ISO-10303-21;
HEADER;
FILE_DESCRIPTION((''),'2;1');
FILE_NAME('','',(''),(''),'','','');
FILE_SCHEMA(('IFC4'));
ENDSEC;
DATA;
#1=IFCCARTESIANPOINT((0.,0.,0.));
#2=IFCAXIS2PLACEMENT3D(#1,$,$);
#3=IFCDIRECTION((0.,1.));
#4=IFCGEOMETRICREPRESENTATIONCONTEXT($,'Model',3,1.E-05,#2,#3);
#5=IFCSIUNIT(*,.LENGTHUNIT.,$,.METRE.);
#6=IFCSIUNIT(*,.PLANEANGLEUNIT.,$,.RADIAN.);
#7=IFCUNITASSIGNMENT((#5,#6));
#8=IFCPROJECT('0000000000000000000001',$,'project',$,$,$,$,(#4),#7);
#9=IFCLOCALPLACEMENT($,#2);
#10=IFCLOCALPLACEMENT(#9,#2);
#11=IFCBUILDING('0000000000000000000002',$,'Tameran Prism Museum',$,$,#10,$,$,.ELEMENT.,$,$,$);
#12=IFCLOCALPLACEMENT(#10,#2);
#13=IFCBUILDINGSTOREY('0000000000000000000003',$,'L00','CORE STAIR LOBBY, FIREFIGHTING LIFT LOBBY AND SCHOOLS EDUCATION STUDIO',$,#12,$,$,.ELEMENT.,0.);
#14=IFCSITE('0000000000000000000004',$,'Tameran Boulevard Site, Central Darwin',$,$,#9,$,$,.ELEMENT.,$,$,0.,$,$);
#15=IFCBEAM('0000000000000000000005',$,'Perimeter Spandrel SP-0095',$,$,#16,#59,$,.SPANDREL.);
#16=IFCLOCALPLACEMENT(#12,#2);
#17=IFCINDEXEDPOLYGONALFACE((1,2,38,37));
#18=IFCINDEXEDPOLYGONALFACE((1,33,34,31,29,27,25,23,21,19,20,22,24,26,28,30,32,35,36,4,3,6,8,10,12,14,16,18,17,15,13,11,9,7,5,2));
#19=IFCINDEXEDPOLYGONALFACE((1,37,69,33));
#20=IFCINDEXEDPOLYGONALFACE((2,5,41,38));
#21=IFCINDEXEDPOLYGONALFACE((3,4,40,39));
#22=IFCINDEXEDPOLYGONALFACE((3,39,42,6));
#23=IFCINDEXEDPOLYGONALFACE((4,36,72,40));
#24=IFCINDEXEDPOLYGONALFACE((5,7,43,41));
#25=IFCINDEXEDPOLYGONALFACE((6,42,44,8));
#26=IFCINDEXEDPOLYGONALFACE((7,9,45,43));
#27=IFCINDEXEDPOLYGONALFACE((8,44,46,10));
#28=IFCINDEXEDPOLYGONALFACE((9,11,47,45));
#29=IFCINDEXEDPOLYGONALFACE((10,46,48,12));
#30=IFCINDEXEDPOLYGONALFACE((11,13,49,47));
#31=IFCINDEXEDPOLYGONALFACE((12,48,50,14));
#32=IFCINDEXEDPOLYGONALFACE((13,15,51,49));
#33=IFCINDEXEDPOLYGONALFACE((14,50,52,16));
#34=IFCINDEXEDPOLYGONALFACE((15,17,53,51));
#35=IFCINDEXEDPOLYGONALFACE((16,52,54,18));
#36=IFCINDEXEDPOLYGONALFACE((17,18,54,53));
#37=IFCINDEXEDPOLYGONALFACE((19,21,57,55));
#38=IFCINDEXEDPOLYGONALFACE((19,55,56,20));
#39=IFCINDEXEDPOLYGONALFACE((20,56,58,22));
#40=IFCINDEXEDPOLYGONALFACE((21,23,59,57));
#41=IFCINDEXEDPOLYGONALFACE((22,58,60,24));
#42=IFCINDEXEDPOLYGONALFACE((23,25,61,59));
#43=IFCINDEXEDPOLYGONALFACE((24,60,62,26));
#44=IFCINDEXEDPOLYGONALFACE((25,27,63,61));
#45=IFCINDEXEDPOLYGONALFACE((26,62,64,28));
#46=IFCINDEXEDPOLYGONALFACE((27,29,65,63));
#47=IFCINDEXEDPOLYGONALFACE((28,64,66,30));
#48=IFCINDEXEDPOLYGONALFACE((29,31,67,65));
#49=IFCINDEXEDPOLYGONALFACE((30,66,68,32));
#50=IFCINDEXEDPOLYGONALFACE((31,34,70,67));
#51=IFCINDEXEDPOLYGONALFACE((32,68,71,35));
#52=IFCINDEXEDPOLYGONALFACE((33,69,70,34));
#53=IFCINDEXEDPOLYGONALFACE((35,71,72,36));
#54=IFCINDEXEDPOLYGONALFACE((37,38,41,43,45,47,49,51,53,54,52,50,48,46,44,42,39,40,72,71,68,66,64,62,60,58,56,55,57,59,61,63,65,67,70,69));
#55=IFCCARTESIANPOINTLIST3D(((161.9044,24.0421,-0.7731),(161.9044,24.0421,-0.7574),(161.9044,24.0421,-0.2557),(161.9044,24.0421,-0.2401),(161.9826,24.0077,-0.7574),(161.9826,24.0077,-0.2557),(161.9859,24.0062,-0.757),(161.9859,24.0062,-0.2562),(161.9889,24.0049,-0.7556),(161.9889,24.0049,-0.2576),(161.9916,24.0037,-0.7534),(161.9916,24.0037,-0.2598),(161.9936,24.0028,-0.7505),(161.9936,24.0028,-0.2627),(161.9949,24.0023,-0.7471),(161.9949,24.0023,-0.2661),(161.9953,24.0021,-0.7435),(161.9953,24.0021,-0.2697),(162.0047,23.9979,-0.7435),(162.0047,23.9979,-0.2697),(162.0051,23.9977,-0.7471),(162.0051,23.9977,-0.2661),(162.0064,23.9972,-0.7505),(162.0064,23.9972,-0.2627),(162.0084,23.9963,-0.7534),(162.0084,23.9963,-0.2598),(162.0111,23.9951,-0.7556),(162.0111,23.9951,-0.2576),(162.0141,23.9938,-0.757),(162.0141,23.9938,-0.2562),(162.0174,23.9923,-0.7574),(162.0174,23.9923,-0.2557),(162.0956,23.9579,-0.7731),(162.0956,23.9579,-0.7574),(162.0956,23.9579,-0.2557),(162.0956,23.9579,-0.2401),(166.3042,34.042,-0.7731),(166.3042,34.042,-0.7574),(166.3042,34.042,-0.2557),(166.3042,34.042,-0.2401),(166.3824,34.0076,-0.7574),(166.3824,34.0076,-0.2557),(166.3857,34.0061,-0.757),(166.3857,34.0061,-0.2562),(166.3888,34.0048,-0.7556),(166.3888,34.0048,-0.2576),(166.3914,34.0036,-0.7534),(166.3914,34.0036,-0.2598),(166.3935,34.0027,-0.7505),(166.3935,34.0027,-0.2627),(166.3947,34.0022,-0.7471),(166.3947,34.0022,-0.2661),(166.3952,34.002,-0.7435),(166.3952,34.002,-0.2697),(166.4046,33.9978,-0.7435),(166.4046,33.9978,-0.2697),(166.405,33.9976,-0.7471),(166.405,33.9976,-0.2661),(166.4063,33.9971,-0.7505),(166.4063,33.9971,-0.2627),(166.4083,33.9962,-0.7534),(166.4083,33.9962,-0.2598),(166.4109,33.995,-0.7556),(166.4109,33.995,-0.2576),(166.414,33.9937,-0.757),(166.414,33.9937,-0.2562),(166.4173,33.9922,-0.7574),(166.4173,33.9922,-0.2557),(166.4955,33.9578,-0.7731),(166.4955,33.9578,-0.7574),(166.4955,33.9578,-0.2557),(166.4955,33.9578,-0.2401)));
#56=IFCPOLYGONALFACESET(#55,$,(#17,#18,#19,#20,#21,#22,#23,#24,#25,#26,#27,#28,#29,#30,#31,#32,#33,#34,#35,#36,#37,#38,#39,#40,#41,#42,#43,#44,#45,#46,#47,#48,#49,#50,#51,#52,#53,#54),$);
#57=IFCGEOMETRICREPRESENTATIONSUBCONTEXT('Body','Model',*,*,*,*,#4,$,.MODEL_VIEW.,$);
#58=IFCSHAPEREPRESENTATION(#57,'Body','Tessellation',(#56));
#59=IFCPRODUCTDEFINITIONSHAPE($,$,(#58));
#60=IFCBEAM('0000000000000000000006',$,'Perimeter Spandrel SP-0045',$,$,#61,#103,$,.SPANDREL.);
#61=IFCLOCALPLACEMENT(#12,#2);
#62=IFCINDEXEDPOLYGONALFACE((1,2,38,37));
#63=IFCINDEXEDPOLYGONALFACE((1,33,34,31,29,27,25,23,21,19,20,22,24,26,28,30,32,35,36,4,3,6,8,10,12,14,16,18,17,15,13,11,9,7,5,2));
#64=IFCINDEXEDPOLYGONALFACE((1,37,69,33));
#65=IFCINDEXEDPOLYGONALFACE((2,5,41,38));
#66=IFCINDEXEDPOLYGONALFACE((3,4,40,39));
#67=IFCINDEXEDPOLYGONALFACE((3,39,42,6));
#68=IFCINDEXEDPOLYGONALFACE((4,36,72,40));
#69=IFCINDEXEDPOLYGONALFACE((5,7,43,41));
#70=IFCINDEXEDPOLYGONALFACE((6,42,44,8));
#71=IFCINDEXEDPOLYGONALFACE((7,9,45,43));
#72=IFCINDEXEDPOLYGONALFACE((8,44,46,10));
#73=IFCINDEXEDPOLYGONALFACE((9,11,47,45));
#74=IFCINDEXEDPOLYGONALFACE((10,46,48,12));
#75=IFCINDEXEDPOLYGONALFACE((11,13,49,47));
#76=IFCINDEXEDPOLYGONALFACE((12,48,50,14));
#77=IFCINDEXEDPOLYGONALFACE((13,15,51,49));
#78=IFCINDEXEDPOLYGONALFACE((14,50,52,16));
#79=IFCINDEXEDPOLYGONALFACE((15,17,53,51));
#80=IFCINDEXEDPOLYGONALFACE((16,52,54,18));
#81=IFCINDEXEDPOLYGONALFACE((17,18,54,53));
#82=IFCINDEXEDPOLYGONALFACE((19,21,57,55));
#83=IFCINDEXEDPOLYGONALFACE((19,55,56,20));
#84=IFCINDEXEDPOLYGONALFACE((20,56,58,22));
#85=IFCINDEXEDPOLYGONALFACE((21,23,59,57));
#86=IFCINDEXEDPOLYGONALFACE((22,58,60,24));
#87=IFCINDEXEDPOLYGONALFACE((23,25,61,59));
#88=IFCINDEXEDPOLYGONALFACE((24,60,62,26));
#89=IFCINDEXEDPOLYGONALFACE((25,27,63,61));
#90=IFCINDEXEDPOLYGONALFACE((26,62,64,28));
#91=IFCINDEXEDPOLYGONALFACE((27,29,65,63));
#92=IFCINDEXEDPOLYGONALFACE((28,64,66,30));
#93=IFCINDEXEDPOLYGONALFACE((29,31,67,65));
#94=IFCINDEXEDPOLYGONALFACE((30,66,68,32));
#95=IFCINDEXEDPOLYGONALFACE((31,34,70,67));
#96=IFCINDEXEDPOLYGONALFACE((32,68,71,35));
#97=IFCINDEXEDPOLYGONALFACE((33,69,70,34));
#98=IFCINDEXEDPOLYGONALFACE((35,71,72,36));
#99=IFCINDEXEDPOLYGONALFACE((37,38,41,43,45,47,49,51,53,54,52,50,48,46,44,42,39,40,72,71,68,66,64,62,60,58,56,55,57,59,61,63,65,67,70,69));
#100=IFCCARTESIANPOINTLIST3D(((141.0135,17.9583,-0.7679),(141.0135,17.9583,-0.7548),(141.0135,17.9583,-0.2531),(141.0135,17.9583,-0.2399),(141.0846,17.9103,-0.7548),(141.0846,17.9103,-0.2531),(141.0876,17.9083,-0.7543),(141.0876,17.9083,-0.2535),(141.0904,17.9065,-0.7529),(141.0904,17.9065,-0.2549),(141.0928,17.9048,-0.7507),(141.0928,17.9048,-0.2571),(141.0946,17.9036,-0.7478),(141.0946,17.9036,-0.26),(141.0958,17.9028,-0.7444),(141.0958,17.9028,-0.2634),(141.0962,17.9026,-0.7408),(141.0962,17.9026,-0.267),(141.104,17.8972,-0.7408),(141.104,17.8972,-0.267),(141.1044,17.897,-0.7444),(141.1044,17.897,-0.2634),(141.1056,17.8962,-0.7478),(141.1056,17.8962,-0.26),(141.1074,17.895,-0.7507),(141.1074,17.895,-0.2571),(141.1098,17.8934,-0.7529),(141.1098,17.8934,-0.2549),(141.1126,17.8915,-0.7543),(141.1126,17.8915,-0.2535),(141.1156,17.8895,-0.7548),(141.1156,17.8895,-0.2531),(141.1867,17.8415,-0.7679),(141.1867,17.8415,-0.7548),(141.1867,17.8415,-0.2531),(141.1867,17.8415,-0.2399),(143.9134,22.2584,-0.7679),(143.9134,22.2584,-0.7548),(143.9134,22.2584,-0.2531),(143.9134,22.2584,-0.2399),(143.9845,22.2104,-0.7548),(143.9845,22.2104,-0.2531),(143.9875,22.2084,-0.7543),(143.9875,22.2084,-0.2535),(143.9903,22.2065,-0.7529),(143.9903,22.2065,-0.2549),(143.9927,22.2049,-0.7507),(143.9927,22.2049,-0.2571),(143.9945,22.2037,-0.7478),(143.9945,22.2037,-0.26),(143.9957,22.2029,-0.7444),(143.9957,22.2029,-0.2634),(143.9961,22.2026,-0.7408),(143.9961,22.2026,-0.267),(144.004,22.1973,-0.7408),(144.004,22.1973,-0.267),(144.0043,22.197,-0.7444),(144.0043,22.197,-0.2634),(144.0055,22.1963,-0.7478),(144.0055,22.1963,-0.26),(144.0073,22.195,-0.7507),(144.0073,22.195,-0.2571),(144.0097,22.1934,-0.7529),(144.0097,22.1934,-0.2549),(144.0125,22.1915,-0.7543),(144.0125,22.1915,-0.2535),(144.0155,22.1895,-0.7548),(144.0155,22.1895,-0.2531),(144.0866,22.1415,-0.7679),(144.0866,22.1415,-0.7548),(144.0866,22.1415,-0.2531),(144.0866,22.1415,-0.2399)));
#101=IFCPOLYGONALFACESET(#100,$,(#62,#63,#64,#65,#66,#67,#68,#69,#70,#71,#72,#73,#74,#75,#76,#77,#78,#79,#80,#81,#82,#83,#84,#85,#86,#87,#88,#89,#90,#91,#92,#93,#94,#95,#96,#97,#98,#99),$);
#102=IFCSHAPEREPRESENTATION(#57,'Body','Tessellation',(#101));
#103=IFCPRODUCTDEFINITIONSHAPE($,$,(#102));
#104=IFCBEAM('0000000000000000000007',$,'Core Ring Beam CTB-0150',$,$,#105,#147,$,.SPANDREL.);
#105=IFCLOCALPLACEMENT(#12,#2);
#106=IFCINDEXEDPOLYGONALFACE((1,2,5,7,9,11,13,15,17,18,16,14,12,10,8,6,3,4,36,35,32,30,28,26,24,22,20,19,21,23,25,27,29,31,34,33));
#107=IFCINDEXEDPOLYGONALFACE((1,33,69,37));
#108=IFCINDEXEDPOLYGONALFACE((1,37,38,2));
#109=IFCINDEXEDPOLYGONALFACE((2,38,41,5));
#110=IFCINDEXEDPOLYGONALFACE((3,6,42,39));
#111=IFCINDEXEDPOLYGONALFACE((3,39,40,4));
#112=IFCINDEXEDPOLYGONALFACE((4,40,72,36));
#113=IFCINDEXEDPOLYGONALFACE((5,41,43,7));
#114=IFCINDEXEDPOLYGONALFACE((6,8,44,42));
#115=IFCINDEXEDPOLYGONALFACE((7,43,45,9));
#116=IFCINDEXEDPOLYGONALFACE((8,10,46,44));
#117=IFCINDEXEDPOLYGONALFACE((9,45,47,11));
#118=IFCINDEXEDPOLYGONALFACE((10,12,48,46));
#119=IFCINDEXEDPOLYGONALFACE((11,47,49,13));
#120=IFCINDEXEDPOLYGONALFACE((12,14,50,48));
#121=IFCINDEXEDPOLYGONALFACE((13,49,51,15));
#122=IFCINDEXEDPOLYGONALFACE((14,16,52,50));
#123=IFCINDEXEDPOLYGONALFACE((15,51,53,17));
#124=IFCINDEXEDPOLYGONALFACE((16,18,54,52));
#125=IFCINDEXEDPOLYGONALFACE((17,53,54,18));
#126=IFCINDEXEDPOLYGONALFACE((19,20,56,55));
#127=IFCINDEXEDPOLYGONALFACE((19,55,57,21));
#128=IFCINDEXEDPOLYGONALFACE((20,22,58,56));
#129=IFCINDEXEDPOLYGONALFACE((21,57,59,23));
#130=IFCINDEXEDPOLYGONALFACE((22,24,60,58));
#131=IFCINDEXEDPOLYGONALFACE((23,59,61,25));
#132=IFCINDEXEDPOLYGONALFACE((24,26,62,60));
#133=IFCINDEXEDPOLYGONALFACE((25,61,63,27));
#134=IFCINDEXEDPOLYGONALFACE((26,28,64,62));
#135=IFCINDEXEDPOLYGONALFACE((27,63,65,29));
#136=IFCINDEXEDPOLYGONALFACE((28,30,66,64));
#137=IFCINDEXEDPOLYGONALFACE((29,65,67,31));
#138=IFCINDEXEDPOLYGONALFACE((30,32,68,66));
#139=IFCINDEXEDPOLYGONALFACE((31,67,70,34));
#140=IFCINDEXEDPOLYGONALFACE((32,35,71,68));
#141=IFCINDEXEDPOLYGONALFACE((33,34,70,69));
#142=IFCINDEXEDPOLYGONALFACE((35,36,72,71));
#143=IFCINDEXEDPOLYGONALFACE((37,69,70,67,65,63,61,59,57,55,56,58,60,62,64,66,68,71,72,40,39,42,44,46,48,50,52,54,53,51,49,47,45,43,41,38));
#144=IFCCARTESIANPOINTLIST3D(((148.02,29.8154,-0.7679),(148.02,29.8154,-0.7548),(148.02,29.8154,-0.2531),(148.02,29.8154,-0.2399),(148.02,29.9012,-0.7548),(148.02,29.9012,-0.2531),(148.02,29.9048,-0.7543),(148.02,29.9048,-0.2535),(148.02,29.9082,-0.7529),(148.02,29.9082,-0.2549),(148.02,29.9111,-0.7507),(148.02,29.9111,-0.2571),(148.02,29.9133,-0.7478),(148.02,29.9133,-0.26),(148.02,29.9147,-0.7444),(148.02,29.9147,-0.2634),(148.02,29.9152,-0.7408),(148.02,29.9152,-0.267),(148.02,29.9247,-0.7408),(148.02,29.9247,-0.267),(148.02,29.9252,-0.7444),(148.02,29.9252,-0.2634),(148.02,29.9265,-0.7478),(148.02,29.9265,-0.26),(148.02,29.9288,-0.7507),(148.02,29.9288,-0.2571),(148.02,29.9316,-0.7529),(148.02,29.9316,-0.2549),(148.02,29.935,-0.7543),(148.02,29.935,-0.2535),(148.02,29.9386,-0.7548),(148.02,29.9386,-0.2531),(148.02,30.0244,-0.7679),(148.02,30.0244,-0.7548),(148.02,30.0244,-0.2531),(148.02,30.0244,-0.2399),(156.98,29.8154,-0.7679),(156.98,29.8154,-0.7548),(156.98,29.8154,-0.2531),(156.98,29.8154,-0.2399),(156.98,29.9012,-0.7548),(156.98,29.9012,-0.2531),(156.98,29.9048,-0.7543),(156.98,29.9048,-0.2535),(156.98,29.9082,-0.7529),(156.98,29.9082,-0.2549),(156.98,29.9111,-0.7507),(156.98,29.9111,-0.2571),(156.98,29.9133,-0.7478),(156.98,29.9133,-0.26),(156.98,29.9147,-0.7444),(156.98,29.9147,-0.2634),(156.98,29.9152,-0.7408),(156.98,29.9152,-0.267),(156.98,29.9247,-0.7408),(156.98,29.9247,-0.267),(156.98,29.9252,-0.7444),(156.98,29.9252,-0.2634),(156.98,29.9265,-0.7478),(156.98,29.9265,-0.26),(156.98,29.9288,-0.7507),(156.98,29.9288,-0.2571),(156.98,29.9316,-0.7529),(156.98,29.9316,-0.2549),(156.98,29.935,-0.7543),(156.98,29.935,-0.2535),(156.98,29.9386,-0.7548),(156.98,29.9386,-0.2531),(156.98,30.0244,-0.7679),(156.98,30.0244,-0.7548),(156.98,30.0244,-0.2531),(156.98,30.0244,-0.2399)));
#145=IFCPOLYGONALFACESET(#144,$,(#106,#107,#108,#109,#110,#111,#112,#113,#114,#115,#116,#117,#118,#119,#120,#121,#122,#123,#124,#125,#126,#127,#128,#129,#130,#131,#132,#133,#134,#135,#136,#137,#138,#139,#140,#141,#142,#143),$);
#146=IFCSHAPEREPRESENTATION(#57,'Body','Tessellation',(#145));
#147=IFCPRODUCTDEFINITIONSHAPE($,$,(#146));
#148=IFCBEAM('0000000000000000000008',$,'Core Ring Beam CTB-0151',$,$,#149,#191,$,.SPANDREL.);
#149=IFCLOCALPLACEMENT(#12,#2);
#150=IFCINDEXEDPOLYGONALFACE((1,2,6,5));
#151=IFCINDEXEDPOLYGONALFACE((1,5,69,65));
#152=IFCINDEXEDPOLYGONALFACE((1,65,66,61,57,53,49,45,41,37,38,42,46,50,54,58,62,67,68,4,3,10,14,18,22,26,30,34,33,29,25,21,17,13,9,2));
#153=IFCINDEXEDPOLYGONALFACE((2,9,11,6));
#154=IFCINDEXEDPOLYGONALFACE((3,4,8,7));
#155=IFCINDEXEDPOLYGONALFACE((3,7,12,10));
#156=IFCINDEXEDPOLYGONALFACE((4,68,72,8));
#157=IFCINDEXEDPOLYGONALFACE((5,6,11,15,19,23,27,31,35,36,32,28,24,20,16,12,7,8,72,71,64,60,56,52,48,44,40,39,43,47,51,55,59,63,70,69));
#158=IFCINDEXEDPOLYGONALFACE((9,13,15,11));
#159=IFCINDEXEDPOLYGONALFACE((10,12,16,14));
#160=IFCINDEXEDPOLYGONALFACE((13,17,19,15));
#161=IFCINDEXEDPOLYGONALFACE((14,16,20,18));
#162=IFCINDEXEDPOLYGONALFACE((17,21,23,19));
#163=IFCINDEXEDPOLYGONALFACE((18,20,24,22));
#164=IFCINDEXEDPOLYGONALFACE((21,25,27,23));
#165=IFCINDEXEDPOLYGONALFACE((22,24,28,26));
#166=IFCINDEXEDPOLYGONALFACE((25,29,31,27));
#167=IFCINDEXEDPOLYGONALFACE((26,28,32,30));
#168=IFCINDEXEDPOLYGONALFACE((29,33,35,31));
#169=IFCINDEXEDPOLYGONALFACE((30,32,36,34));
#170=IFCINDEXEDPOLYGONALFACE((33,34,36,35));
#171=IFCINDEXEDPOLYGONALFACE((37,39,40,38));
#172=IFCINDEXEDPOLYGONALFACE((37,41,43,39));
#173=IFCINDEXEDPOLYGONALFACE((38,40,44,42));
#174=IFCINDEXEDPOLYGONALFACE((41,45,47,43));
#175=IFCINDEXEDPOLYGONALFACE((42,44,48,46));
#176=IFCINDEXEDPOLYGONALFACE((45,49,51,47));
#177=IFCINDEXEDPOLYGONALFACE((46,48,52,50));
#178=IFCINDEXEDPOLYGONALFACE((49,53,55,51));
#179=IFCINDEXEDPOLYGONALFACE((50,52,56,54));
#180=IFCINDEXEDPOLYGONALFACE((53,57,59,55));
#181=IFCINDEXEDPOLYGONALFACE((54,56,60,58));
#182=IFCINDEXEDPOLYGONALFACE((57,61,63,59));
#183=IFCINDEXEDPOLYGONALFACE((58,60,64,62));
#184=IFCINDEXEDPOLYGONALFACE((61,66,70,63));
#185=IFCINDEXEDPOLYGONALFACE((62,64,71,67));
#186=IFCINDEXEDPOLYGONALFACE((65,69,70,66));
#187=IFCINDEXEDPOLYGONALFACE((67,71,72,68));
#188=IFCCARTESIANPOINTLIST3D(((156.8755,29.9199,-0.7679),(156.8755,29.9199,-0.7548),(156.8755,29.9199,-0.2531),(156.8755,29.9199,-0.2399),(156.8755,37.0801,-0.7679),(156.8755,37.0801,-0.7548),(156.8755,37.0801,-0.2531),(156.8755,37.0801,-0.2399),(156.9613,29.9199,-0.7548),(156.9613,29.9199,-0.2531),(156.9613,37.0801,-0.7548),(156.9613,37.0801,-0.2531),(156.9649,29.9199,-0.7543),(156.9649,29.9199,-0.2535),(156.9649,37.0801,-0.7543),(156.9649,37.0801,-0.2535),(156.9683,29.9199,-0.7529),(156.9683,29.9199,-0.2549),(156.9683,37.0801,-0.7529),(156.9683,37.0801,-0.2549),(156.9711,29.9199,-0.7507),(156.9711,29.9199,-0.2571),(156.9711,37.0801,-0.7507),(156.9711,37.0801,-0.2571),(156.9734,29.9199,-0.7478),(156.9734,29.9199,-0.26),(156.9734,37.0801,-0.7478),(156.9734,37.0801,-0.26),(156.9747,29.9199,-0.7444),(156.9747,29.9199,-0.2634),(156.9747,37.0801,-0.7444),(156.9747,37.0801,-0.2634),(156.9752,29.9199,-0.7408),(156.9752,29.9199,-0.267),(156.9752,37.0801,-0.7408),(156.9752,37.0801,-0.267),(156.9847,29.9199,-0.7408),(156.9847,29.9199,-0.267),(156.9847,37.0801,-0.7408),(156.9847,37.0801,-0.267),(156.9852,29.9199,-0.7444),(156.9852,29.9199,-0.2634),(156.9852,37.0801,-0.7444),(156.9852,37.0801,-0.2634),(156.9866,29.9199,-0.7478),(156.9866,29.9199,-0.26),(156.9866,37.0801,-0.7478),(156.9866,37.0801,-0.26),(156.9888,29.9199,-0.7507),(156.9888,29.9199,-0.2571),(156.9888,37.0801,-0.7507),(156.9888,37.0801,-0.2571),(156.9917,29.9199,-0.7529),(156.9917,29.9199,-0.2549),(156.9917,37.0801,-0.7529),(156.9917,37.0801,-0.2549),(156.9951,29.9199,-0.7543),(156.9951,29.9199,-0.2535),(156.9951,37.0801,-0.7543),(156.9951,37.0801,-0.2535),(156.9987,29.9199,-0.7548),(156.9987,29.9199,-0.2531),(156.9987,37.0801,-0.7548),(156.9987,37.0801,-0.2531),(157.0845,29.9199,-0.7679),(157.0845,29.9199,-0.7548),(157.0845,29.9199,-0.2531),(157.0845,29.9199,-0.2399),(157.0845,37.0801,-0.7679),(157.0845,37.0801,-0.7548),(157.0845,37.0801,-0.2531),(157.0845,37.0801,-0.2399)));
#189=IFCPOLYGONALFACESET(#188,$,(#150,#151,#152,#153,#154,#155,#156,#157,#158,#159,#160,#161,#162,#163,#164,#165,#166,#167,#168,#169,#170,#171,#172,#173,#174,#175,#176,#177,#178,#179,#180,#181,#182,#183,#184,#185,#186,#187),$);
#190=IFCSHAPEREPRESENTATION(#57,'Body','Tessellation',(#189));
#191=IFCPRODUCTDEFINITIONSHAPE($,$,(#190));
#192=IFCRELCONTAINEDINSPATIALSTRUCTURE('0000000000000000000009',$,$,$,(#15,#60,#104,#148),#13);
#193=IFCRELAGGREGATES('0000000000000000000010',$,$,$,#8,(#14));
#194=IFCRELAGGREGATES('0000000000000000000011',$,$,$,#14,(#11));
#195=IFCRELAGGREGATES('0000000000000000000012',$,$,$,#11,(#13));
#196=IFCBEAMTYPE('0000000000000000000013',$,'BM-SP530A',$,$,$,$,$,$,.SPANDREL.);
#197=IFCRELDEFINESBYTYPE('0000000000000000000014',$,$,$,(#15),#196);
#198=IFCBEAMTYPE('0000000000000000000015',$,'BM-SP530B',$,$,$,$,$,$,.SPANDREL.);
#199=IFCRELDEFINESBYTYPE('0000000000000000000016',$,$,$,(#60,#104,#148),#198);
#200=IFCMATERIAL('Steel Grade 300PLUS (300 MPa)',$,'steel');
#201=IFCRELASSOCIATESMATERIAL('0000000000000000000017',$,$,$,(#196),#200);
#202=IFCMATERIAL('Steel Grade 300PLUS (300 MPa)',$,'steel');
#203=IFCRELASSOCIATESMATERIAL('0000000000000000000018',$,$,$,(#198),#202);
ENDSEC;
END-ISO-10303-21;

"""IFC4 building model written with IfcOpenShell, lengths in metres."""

from ifc_helpers import new_model, si_unit, direction, frame, origin, origin_2d, place, context, subcontext, project, spatial, i_section, extrude, material, material_profile, profile_set, type_object, element, save


model = new_model("IFC4")

# Units and contexts
model_context = context("Model", 3, precision=1e-05, world=origin(), true_north=direction((0.0, 1.0)))
body_context = subcontext(model_context, "Body", "Model", "MODEL_VIEW")
ifc_project = project(units=[si_unit("LENGTHUNIT", "METRE"), si_unit("PLANEANGLEUNIT", "RADIAN")], contexts=[model_context])

# Site, building, storey
site_placement = place(None, origin())
site = spatial("IfcSite", under=ifc_project, at=site_placement, Name="Tameran Boulevard Site, Central Darwin", CompositionType="ELEMENT", RefElevation=0.0)
building_placement = place(site_placement, origin())
building = spatial("IfcBuilding", under=site, at=building_placement, Name="Tameran Prism Museum", CompositionType="ELEMENT")
storey_placement = place(building_placement, origin())
storey = spatial("IfcBuildingStorey", under=building, at=storey_placement, Name="L00", Description="CORE STAIR LOBBY, FIREFIGHTING LIFT LOBBY AND SCHOOLS EDUCATION STUDIO", CompositionType="ELEMENT", Elevation=0.0)

# Beams
ifc_material_1 = material(Name="Steel Grade 300PLUS (300 MPa)", Category="steel")
ifc_material_profile_1 = material_profile(ifc_material_1, i_section(OverallWidth=0.209, OverallDepth=0.533, WebThickness=0.0103, FlangeThickness=0.0156, FilletRadius=0.0139, at=origin_2d()))
ifc_profile_set_1 = profile_set([ifc_material_profile_1])
beam_type_1 = type_object("IfcBeamType", Name="BM-SP530A", PredefinedType="SPANDREL", material=ifc_profile_set_1)
beam_1_placement = place(storey_placement, frame((162.0, 24.0, -0.5066), z_axis=(0.402731, 0.915318, 0.0), x_axis=(-0.915318, 0.402731, 0.0)))
element("IfcBeam", 1, at=beam_1_placement, inside=storey, type_object=beam_type_1, Name="Perimeter Spandrel SP-0095", PredefinedType="SPANDREL", context=body_context, shape_type="SweptSolid", body=[
    extrude(i_section(OverallWidth=0.209, OverallDepth=0.533, WebThickness=0.0103, FlangeThickness=0.0156, FilletRadius=0.0139, at=origin_2d()), origin(), (0.0, 0.0, 1.0), 10.925),
])
ifc_material_2 = material(Name="Steel Grade 300PLUS (300 MPa)", Category="steel")
ifc_material_profile_2 = material_profile(ifc_material_2, i_section(OverallWidth=0.209, OverallDepth=0.5281, WebThickness=0.0095, FlangeThickness=0.0132, FilletRadius=0.0139, at=origin_2d()))
ifc_profile_set_2 = profile_set([ifc_material_profile_2])
beam_type_2 = type_object("IfcBeamType", Name="BM-SP530B", PredefinedType="SPANDREL", material=ifc_profile_set_2)
beam_2_placement = place(storey_placement, frame((141.1001, 17.8999, -0.5039), z_axis=(0.559124, 0.829084, 0.0), x_axis=(-0.829084, 0.559124, 0.0)))
element("IfcBeam", 2, at=beam_2_placement, inside=storey, type_object=beam_type_2, Name="Perimeter Spandrel SP-0045", PredefinedType="SPANDREL", context=body_context, shape_type="SweptSolid", body=[
    extrude(i_section(OverallWidth=0.209, OverallDepth=0.5281, WebThickness=0.0095, FlangeThickness=0.0132, FilletRadius=0.0139, at=origin_2d()), origin(), (0.0, 0.0, 1.0), 5.1865),
])
beam_3_placement = place(storey_placement, frame((148.02, 29.9199, -0.5039), z_axis=(1.0, 0.0, 0.0), x_axis=(0.0, 1.0, 0.0)))
element("IfcBeam", 3, at=beam_3_placement, inside=storey, type_object=beam_type_2, Name="Core Ring Beam CTB-0150", PredefinedType="SPANDREL", context=body_context, shape_type="SweptSolid", body=[
    extrude(i_section(OverallWidth=0.209, OverallDepth=0.5281, WebThickness=0.0095, FlangeThickness=0.0132, FilletRadius=0.0139, at=origin_2d()), origin(), (0.0, 0.0, 1.0), 8.96),
])
beam_4_placement = place(storey_placement, frame((156.98, 29.9199, -0.5039), z_axis=(0.0, 1.0, 0.0), x_axis=(-1.0, 0.0, 0.0)))
element("IfcBeam", 4, at=beam_4_placement, inside=storey, type_object=beam_type_2, Name="Core Ring Beam CTB-0151", PredefinedType="SPANDREL", context=body_context, shape_type="SweptSolid", body=[
    extrude(i_section(OverallWidth=0.209, OverallDepth=0.5281, WebThickness=0.0095, FlangeThickness=0.0132, FilletRadius=0.0139, at=origin_2d()), origin(), (0.0, 0.0, 1.0), 7.1602),
])

save(model, "model.ifc")
